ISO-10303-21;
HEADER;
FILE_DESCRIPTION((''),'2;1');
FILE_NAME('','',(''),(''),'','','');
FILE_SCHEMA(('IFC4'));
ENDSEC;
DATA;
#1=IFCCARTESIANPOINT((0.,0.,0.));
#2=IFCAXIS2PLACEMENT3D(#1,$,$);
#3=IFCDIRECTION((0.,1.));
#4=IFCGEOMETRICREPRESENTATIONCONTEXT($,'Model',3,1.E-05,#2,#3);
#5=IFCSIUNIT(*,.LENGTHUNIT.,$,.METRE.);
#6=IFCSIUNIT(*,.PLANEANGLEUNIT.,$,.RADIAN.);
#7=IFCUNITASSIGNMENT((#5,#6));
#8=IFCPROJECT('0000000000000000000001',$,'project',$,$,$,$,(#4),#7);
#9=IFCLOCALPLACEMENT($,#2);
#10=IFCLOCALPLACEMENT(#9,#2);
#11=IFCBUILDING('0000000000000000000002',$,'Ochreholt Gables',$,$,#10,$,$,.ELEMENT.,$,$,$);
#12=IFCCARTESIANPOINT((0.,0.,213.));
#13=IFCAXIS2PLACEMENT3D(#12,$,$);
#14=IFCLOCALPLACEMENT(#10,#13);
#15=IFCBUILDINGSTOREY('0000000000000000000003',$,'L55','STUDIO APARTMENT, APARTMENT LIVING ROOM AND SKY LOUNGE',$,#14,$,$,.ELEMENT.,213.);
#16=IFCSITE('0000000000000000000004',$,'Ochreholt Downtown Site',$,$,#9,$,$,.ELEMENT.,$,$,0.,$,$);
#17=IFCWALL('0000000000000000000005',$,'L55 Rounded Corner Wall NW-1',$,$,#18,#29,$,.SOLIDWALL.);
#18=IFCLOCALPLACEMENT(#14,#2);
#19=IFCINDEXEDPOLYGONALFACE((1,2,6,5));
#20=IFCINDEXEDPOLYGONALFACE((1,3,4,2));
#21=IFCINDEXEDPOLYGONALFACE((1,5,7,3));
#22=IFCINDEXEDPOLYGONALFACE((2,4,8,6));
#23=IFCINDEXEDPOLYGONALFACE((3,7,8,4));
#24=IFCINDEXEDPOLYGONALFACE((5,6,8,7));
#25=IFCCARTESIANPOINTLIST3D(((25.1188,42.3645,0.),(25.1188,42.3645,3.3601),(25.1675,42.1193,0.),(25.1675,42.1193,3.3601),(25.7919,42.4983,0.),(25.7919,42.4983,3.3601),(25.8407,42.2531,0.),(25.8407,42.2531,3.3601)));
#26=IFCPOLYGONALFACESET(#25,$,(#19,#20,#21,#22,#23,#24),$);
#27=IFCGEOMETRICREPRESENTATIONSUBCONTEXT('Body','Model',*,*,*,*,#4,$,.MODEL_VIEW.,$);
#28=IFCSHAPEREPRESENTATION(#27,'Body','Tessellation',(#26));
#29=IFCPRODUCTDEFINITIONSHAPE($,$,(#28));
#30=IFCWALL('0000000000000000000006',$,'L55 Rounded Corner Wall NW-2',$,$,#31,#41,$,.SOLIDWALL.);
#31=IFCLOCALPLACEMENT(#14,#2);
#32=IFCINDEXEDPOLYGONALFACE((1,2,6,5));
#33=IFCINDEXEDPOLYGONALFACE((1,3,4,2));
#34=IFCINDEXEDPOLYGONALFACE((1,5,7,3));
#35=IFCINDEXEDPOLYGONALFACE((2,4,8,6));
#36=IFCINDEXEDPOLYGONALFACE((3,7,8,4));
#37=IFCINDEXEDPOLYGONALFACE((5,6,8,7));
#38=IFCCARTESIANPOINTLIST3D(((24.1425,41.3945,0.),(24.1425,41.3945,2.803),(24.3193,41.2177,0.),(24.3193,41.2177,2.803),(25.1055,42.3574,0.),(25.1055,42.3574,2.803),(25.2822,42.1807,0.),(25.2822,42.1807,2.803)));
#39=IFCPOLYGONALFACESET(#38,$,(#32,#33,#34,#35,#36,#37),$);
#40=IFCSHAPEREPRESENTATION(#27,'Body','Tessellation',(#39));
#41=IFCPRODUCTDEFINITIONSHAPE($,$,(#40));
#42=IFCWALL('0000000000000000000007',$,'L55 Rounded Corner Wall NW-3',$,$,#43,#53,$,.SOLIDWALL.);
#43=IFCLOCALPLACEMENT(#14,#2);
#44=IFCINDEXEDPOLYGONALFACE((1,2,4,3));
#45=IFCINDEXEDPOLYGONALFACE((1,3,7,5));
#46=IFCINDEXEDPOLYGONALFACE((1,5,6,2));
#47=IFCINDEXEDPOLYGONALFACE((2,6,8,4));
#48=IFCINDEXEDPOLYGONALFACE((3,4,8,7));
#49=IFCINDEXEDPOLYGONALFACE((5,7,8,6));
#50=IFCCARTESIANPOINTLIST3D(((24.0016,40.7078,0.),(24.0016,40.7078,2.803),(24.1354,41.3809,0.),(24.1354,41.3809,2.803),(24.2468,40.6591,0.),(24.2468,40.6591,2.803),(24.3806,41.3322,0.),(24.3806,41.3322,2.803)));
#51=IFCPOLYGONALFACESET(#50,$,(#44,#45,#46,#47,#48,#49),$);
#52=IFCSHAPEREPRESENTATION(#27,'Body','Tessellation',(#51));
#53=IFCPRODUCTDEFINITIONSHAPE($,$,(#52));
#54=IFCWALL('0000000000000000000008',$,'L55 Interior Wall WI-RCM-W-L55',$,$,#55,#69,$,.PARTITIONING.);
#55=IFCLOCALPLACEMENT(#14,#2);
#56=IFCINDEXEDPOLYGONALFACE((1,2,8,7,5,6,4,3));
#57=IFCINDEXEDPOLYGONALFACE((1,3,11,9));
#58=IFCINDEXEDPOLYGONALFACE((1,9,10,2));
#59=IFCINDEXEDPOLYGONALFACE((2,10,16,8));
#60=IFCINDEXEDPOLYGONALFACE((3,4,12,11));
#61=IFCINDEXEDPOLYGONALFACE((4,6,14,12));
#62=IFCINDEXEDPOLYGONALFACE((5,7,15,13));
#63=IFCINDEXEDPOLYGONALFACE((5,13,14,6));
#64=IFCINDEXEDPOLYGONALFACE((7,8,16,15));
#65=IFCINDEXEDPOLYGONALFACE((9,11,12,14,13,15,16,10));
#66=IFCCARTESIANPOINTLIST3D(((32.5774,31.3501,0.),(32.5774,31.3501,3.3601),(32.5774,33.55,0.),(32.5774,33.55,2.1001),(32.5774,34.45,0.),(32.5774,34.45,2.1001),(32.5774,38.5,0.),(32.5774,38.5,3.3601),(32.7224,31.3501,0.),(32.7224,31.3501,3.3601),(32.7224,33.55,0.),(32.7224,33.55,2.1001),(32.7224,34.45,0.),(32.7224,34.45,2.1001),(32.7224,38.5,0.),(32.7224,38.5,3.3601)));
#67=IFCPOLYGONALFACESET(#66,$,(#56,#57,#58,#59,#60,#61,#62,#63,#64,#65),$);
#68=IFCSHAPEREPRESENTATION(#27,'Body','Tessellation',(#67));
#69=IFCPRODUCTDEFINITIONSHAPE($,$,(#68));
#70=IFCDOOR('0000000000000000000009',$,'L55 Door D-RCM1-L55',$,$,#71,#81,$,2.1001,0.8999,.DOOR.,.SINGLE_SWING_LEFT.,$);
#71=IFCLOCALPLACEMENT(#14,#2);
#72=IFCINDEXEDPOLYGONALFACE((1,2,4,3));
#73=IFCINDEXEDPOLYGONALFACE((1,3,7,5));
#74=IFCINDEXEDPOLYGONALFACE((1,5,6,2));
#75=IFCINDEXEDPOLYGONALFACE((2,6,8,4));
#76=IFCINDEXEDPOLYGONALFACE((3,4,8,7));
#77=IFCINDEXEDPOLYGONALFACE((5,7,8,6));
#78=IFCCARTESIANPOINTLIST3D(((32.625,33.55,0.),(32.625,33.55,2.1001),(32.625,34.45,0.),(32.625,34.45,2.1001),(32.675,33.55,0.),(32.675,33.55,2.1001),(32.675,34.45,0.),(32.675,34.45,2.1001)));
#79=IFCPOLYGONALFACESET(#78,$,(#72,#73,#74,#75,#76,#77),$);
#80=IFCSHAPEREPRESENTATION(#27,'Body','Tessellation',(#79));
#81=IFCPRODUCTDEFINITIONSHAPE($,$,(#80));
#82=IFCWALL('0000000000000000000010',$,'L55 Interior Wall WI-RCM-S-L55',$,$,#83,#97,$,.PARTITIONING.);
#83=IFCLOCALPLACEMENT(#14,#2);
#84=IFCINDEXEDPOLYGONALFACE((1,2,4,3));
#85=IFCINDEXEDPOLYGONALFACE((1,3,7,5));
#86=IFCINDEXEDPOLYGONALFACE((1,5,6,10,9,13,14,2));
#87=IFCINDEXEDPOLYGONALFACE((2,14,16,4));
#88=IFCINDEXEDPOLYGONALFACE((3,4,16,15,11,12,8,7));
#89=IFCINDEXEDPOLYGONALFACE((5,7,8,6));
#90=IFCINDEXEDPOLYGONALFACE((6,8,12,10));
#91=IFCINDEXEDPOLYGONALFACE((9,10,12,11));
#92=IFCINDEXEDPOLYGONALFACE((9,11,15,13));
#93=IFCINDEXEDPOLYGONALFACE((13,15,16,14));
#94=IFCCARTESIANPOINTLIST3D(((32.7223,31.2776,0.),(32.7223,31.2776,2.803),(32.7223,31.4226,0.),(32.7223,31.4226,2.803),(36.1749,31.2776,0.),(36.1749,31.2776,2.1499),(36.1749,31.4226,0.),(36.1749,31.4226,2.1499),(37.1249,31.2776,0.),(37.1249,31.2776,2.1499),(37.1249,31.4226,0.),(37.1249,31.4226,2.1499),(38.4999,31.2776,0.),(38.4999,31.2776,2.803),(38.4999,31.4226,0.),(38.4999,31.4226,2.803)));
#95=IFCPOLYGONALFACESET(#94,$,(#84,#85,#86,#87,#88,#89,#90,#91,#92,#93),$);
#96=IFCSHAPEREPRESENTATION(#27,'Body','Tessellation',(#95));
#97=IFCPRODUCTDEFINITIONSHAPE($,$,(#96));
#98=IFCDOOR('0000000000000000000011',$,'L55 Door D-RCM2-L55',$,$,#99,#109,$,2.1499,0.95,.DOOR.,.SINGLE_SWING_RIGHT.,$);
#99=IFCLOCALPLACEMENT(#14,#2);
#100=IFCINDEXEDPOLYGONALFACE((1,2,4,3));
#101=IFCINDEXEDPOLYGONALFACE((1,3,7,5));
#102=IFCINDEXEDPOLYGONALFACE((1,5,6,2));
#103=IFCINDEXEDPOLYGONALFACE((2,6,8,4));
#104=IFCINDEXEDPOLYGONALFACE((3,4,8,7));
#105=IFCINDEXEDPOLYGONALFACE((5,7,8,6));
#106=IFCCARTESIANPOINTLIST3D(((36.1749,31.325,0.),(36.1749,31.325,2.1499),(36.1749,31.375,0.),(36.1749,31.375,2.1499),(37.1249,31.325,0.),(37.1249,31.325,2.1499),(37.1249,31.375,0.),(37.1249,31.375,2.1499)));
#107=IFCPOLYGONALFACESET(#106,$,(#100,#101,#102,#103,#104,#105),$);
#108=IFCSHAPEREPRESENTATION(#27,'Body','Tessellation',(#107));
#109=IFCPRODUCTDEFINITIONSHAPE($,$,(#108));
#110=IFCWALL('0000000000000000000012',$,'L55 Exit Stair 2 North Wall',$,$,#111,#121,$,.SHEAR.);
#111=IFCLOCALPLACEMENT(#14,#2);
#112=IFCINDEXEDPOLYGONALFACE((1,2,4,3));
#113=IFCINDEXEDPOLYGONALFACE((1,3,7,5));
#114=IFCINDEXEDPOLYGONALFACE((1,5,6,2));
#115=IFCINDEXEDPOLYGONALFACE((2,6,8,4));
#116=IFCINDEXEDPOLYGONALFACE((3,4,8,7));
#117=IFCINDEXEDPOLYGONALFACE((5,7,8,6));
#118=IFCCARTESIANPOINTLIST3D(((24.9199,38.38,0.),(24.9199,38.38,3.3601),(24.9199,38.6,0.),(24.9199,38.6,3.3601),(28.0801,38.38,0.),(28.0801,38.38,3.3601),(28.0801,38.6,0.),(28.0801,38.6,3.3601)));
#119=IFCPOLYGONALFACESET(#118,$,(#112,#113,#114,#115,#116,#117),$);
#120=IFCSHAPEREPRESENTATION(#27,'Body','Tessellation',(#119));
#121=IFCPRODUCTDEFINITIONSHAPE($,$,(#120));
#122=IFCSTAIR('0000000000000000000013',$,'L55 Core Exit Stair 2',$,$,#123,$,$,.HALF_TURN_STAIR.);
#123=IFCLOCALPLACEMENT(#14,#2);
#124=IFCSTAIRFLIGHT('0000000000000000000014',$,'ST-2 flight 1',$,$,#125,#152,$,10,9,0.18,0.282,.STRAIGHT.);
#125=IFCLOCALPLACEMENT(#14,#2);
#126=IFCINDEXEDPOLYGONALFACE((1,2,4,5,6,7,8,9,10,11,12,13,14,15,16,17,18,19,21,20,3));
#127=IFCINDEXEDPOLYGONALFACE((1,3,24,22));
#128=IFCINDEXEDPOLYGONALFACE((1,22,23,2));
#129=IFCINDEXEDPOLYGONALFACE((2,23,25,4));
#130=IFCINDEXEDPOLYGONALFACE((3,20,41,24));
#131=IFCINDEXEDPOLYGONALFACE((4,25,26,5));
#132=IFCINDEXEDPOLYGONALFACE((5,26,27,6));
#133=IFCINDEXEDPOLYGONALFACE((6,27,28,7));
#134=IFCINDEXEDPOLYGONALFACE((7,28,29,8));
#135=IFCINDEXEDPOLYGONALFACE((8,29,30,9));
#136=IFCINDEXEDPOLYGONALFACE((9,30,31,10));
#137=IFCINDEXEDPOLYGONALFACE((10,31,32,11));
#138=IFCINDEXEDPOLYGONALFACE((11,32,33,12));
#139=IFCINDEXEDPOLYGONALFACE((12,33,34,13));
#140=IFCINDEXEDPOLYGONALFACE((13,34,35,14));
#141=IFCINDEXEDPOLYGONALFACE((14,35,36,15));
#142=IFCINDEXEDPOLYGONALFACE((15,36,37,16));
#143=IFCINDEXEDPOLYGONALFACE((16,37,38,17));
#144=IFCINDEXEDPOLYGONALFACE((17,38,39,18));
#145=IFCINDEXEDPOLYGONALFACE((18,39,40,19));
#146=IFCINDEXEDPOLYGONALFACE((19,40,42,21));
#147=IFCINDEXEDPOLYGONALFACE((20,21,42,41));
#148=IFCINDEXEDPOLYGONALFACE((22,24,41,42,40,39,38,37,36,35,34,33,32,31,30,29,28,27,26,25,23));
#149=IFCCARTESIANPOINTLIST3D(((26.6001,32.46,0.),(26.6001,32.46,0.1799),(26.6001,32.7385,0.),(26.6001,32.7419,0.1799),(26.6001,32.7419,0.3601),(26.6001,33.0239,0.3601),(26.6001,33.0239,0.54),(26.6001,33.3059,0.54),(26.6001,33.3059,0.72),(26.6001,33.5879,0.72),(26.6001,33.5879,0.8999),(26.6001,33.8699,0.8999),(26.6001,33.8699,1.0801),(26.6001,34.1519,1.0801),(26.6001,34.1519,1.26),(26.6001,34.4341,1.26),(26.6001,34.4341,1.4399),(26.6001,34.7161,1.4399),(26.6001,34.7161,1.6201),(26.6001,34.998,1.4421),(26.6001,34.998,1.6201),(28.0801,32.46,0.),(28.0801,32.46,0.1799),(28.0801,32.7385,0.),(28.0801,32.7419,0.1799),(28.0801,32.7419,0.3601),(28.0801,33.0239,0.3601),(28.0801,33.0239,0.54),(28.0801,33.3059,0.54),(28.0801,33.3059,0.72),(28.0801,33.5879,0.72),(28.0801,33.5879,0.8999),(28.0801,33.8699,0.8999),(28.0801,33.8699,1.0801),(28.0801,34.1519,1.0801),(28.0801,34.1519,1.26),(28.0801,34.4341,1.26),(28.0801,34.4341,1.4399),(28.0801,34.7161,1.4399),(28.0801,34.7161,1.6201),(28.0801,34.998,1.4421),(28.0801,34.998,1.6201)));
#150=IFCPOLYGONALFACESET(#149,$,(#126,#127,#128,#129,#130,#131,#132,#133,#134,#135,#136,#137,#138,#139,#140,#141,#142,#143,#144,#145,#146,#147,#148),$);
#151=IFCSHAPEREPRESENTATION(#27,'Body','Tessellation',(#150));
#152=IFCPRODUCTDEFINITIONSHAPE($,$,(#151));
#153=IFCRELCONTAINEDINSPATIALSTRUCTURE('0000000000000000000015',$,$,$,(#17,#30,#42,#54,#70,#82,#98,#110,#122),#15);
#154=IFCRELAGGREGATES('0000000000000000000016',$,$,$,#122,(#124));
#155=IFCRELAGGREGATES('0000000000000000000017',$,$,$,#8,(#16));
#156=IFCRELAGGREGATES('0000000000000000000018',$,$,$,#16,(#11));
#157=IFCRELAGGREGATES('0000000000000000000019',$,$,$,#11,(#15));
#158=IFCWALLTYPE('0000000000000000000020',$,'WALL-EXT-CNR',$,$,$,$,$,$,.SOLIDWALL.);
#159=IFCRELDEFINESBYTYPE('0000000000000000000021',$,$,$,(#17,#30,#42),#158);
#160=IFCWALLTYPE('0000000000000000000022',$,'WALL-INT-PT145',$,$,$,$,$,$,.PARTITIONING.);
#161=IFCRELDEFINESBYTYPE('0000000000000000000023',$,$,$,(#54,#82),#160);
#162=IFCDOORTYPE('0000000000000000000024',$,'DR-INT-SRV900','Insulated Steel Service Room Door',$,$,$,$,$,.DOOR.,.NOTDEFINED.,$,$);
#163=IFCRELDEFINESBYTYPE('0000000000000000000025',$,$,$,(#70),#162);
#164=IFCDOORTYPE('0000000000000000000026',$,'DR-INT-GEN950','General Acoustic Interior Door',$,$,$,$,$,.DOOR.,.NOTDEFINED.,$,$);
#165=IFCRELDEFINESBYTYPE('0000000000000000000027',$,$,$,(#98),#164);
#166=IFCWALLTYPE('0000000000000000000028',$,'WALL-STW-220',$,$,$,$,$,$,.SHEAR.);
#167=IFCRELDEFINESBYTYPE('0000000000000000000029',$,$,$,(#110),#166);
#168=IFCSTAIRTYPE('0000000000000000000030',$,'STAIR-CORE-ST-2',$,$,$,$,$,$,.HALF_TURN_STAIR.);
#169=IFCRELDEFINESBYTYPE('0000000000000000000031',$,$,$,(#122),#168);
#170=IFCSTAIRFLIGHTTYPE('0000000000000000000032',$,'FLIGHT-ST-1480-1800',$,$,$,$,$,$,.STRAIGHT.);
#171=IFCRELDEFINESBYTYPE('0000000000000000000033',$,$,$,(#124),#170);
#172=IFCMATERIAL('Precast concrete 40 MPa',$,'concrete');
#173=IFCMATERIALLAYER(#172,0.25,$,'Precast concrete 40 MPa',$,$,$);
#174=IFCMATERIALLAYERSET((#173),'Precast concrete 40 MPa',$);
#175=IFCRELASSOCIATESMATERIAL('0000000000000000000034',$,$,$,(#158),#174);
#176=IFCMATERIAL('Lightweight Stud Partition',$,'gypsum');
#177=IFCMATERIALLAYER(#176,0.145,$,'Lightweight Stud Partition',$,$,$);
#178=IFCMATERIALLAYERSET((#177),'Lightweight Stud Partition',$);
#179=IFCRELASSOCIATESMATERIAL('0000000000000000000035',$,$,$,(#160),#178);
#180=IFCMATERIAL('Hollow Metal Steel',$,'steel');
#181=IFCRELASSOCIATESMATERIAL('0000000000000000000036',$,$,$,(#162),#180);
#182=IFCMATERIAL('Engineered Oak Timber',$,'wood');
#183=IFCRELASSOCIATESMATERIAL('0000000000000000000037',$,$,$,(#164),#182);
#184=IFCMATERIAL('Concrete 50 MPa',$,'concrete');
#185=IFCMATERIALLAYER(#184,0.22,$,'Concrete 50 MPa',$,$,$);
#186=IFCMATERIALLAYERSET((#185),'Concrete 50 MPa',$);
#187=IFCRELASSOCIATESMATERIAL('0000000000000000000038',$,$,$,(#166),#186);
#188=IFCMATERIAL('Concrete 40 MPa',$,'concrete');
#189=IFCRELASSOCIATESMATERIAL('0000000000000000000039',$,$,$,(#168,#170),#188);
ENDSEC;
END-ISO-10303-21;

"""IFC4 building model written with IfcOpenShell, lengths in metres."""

from ifc_helpers import new_model, si_unit, direction, frame, frame_2d, origin, place, context, subcontext, project, spatial, polyline, rectangle, outline, extrude, material, layer, layer_set, type_object, element, fill, aggregate, save


model = new_model("IFC4")

# Units and contexts
model_context = context("Model", 3, precision=1e-05, world=origin(), true_north=direction((0.0, 1.0)))
body_context = subcontext(model_context, "Body", "Model", "MODEL_VIEW")
ifc_project = project(units=[si_unit("LENGTHUNIT", "METRE"), si_unit("PLANEANGLEUNIT", "RADIAN")], contexts=[model_context])

# Site, building, storey
site_placement = place(None, origin())
site = spatial("IfcSite", under=ifc_project, at=site_placement, Name="Ochreholt Downtown Site", CompositionType="ELEMENT", RefElevation=0.0)
building_placement = place(site_placement, origin())
building = spatial("IfcBuilding", under=site, at=building_placement, Name="Ochreholt Gables", CompositionType="ELEMENT")
storey_placement = place(building_placement, frame((0.0, 0.0, 213.0)))
storey = spatial("IfcBuildingStorey", under=building, at=storey_placement, Name="L55", Description="STUDIO APARTMENT, APARTMENT LIVING ROOM AND SKY LOUNGE", CompositionType="ELEMENT", Elevation=213.0)

# Shared definitions
ifc_material_1 = material(Name="Concrete 50 MPa", Category="concrete")

# Shared definitions
ifc_material_2 = material(Name="Hollow Metal Steel", Category="steel")

# Shared definitions
ifc_material_3 = material(Name="Precast concrete 40 MPa", Category="concrete")

# Walls
ifc_layer_1 = layer(ifc_material_3, 0.25, Name="Precast concrete 40 MPa")
ifc_layer_set_1 = layer_set([ifc_layer_1], Name="Precast concrete 40 MPa")
wall_type_1 = type_object("IfcWallType", Name="WALL-EXT-CNR", PredefinedType="SOLIDWALL", material=ifc_layer_set_1)
wall_1_placement = place(storey_placement, frame((25.8164, 42.3757, 0.0), z_axis=(0.0, 0.0, 1.0), x_axis=(-0.980813, -0.194953, 0.0)))
element("IfcWall", 1, at=wall_1_placement, inside=storey, type_object=wall_type_1, Name="L55 Rounded Corner Wall NW-1", PredefinedType="SOLIDWALL", context=body_context, shape_type="SweptSolid", body=[
    extrude(rectangle(XDim=0.6863, YDim=0.25, at=frame_2d((0.3433, 0.0))), origin(), (0.0, 0.0, 1.0), 3.3601),
])
wall_2_placement = place(storey_placement, frame((25.1938, 42.269, 0.0), z_axis=(0.0, 0.0, 1.0), x_axis=(-0.707107, -0.707107, 0.0)))
element("IfcWall", 2, at=wall_2_placement, inside=storey, type_object=wall_type_1, Name="L55 Rounded Corner Wall NW-2", PredefinedType="SOLIDWALL", context=body_context, shape_type="SweptSolid", body=[
    extrude(rectangle(XDim=1.3618, YDim=0.25, at=frame_2d((0.6809, 0.0))), origin(), (0.0, 0.0, 1.0), 2.803),
])
wall_3_placement = place(storey_placement, frame((24.2581, 41.3567, 0.0), z_axis=(0.0, 0.0, 1.0), x_axis=(-0.194953, -0.980813, 0.0)))
element("IfcWall", 3, at=wall_3_placement, inside=storey, type_object=wall_type_1, Name="L55 Rounded Corner Wall NW-3", PredefinedType="SOLIDWALL", context=body_context, shape_type="SweptSolid", body=[
    extrude(rectangle(XDim=0.6863, YDim=0.25, at=frame_2d((0.3433, 0.0))), origin(), (0.0, 0.0, 1.0), 2.803),
])

# Walls, openings, doors
ifc_material_4 = material(Name="Lightweight Stud Partition", Category="gypsum")
ifc_layer_2 = layer(ifc_material_4, 0.145, Name="Lightweight Stud Partition")
ifc_layer_set_2 = layer_set([ifc_layer_2], Name="Lightweight Stud Partition")
wall_type_2 = type_object("IfcWallType", Name="WALL-INT-PT145", PredefinedType="PARTITIONING", material=ifc_layer_set_2)
wall_4_placement = place(storey_placement, frame((32.6499, 31.3501, 0.0), z_axis=(0.0, 0.0, 1.0), x_axis=(0.0, 1.0, 0.0)))
wall_4 = element("IfcWall", 4, at=wall_4_placement, inside=storey, type_object=wall_type_2, Name="L55 Interior Wall WI-RCM-W-L55", PredefinedType="PARTITIONING", context=body_context, shape_type="SweptSolid", body=[
    extrude(rectangle(XDim=7.1499, YDim=0.145, at=frame_2d((3.575, 0.0))), origin(), (0.0, 0.0, 1.0), 3.3601),
])
opening_1_placement = place(wall_4_placement, frame((2.2, 0.0, 0.0)))
opening_1 = element("IfcOpeningElement", 5, at=opening_1_placement, cuts=wall_4, PredefinedType="OPENING", context=body_context, shape_type="SweptSolid", body=[
    extrude(rectangle(XDim=0.8999, YDim=2.1001, at=frame_2d((0.45, 1.05))), frame((0.0, 0.0825, 0.0), z_axis=(0.0, -1.0, 0.0), x_axis=(1.0, 0.0, 0.0)), (0.0, 0.0, 1.0), 0.165),
])
door_type_1 = type_object("IfcDoorType", Name="DR-INT-SRV900", Description="Insulated Steel Service Room Door", OperationType="NOTDEFINED", PredefinedType="DOOR", material=ifc_material_2)
door_1_placement = place(opening_1_placement, origin())
door_1 = element("IfcDoor", 6, at=door_1_placement, inside=storey, type_object=door_type_1, Name="L55 Door D-RCM1-L55", OperationType="SINGLE_SWING_LEFT", OverallHeight=2.1001, OverallWidth=0.8999, PredefinedType="DOOR", context=body_context, shape_type="SweptSolid", body=[
    extrude(rectangle(XDim=0.8999, YDim=2.1001, at=frame_2d((0.45, 1.05))), frame((0.0, 0.0249, 0.0), z_axis=(0.0, -1.0, 0.0), x_axis=(1.0, 0.0, 0.0)), (0.0, 0.0, 1.0), 0.05),
])
fill(opening_1, door_1)
wall_5_placement = place(storey_placement, frame((32.7224, 31.3501, 0.0), z_axis=(0.0, 0.0, 1.0), x_axis=(1.0, 0.0, 0.0)))
wall_5 = element("IfcWall", 7, at=wall_5_placement, inside=storey, type_object=wall_type_2, Name="L55 Interior Wall WI-RCM-S-L55", PredefinedType="PARTITIONING", context=body_context, shape_type="SweptSolid", body=[
    extrude(rectangle(XDim=5.7776, YDim=0.145, at=frame_2d((2.8887, 0.0))), origin(), (0.0, 0.0, 1.0), 2.803),
])
opening_2_placement = place(wall_5_placement, frame((3.4524, 0.0, 0.0)))
opening_2 = element("IfcOpeningElement", 8, at=opening_2_placement, cuts=wall_5, PredefinedType="OPENING", context=body_context, shape_type="SweptSolid", body=[
    extrude(rectangle(XDim=0.95, YDim=2.1499, at=frame_2d((0.4751, 1.075))), frame((0.0, 0.0825, 0.0), z_axis=(0.0, -1.0, 0.0), x_axis=(1.0, 0.0, 0.0)), (0.0, 0.0, 1.0), 0.165),
])
ifc_material_5 = material(Name="Engineered Oak Timber", Category="wood")
door_type_2 = type_object("IfcDoorType", Name="DR-INT-GEN950", Description="General Acoustic Interior Door", OperationType="NOTDEFINED", PredefinedType="DOOR", material=ifc_material_5)
door_2_placement = place(opening_2_placement, origin())
door_2 = element("IfcDoor", 9, at=door_2_placement, inside=storey, type_object=door_type_2, Name="L55 Door D-RCM2-L55", OperationType="SINGLE_SWING_RIGHT", OverallHeight=2.1499, OverallWidth=0.95, PredefinedType="DOOR", context=body_context, shape_type="SweptSolid", body=[
    extrude(rectangle(XDim=0.95, YDim=2.1499, at=frame_2d((0.4751, 1.075))), frame((0.0, 0.0249, 0.0), z_axis=(0.0, -1.0, 0.0), x_axis=(1.0, 0.0, 0.0)), (0.0, 0.0, 1.0), 0.05),
])
fill(opening_2, door_2)

# Wall
ifc_layer_3 = layer(ifc_material_1, 0.22, Name="Concrete 50 MPa")
ifc_layer_set_3 = layer_set([ifc_layer_3], Name="Concrete 50 MPa")
wall_type_3 = type_object("IfcWallType", Name="WALL-STW-220", PredefinedType="SHEAR", material=ifc_layer_set_3)
wall_6_placement = place(storey_placement, frame((24.9199, 38.49, 0.0), z_axis=(0.0, 0.0, 1.0), x_axis=(1.0, 0.0, 0.0)))
element("IfcWall", 10, at=wall_6_placement, inside=storey, type_object=wall_type_3, Name="L55 Exit Stair 2 North Wall", PredefinedType="SHEAR", context=body_context, shape_type="SweptSolid", body=[
    extrude(rectangle(XDim=3.1602, YDim=0.22, at=frame_2d((1.5801, 0.0))), origin(), (0.0, 0.0, 1.0), 3.3601),
])

# Stair, stair flight
ifc_material_6 = material(Name="Concrete 40 MPa", Category="concrete")
stair_type = type_object("IfcStairType", Name="STAIR-CORE-ST-2", PredefinedType="HALF_TURN_STAIR", material=ifc_material_6)
stair_placement = place(storey_placement, origin())
stair = element("IfcStair", 11, at=stair_placement, inside=storey, type_object=stair_type, Name="L55 Core Exit Stair 2", PredefinedType="HALF_TURN_STAIR")
stair_flight_type = type_object("IfcStairFlightType", Name="FLIGHT-ST-1480-1800", PredefinedType="STRAIGHT", material=ifc_material_6)
stair_flight_1_placement = place(storey_placement, frame((27.3401, 32.46, 0.0), z_axis=(0.0, 0.0, 1.0), x_axis=(0.0, 1.0, 0.0)))
stair_flight_1 = element("IfcStairFlight", 12, at=stair_flight_1_placement, type_object=stair_flight_type, Name="ST-2 flight 1", NumberOfRisers=10, NumberOfTreads=9, PredefinedType="STRAIGHT", RiserHeight=0.18, TreadLength=0.282, context=body_context, shape_type="SweptSolid", body=[
    extrude(outline(polyline([(0.0, 0.0), (0.0, 0.1799), (0.282, 0.1799), (0.282, 0.3601), (0.564, 0.3601), (0.564, 0.54), (0.8459, 0.54), (0.8459, 0.72), (1.1279, 0.72), (1.1279, 0.8999), (1.4099, 0.8999), (1.4099, 1.0801), (1.6919, 1.0801), (1.6919, 1.26), (1.9741, 1.26), (1.9741, 1.4399), (2.2561, 1.4399), (2.2561, 1.6201), (2.5381, 1.6201), (2.5381, 1.8), (2.5381, 1.4421), (0.2786, 0.0), (0.0, 0.0)])), frame((0.0, 0.74, 0.0), z_axis=(0.0, -1.0, 0.0), x_axis=(1.0, 0.0, 0.0)), (0.0, 0.0, 1.0), 1.48),
])
aggregate(stair, [stair_flight_1])

save(model, "model.ifc")
